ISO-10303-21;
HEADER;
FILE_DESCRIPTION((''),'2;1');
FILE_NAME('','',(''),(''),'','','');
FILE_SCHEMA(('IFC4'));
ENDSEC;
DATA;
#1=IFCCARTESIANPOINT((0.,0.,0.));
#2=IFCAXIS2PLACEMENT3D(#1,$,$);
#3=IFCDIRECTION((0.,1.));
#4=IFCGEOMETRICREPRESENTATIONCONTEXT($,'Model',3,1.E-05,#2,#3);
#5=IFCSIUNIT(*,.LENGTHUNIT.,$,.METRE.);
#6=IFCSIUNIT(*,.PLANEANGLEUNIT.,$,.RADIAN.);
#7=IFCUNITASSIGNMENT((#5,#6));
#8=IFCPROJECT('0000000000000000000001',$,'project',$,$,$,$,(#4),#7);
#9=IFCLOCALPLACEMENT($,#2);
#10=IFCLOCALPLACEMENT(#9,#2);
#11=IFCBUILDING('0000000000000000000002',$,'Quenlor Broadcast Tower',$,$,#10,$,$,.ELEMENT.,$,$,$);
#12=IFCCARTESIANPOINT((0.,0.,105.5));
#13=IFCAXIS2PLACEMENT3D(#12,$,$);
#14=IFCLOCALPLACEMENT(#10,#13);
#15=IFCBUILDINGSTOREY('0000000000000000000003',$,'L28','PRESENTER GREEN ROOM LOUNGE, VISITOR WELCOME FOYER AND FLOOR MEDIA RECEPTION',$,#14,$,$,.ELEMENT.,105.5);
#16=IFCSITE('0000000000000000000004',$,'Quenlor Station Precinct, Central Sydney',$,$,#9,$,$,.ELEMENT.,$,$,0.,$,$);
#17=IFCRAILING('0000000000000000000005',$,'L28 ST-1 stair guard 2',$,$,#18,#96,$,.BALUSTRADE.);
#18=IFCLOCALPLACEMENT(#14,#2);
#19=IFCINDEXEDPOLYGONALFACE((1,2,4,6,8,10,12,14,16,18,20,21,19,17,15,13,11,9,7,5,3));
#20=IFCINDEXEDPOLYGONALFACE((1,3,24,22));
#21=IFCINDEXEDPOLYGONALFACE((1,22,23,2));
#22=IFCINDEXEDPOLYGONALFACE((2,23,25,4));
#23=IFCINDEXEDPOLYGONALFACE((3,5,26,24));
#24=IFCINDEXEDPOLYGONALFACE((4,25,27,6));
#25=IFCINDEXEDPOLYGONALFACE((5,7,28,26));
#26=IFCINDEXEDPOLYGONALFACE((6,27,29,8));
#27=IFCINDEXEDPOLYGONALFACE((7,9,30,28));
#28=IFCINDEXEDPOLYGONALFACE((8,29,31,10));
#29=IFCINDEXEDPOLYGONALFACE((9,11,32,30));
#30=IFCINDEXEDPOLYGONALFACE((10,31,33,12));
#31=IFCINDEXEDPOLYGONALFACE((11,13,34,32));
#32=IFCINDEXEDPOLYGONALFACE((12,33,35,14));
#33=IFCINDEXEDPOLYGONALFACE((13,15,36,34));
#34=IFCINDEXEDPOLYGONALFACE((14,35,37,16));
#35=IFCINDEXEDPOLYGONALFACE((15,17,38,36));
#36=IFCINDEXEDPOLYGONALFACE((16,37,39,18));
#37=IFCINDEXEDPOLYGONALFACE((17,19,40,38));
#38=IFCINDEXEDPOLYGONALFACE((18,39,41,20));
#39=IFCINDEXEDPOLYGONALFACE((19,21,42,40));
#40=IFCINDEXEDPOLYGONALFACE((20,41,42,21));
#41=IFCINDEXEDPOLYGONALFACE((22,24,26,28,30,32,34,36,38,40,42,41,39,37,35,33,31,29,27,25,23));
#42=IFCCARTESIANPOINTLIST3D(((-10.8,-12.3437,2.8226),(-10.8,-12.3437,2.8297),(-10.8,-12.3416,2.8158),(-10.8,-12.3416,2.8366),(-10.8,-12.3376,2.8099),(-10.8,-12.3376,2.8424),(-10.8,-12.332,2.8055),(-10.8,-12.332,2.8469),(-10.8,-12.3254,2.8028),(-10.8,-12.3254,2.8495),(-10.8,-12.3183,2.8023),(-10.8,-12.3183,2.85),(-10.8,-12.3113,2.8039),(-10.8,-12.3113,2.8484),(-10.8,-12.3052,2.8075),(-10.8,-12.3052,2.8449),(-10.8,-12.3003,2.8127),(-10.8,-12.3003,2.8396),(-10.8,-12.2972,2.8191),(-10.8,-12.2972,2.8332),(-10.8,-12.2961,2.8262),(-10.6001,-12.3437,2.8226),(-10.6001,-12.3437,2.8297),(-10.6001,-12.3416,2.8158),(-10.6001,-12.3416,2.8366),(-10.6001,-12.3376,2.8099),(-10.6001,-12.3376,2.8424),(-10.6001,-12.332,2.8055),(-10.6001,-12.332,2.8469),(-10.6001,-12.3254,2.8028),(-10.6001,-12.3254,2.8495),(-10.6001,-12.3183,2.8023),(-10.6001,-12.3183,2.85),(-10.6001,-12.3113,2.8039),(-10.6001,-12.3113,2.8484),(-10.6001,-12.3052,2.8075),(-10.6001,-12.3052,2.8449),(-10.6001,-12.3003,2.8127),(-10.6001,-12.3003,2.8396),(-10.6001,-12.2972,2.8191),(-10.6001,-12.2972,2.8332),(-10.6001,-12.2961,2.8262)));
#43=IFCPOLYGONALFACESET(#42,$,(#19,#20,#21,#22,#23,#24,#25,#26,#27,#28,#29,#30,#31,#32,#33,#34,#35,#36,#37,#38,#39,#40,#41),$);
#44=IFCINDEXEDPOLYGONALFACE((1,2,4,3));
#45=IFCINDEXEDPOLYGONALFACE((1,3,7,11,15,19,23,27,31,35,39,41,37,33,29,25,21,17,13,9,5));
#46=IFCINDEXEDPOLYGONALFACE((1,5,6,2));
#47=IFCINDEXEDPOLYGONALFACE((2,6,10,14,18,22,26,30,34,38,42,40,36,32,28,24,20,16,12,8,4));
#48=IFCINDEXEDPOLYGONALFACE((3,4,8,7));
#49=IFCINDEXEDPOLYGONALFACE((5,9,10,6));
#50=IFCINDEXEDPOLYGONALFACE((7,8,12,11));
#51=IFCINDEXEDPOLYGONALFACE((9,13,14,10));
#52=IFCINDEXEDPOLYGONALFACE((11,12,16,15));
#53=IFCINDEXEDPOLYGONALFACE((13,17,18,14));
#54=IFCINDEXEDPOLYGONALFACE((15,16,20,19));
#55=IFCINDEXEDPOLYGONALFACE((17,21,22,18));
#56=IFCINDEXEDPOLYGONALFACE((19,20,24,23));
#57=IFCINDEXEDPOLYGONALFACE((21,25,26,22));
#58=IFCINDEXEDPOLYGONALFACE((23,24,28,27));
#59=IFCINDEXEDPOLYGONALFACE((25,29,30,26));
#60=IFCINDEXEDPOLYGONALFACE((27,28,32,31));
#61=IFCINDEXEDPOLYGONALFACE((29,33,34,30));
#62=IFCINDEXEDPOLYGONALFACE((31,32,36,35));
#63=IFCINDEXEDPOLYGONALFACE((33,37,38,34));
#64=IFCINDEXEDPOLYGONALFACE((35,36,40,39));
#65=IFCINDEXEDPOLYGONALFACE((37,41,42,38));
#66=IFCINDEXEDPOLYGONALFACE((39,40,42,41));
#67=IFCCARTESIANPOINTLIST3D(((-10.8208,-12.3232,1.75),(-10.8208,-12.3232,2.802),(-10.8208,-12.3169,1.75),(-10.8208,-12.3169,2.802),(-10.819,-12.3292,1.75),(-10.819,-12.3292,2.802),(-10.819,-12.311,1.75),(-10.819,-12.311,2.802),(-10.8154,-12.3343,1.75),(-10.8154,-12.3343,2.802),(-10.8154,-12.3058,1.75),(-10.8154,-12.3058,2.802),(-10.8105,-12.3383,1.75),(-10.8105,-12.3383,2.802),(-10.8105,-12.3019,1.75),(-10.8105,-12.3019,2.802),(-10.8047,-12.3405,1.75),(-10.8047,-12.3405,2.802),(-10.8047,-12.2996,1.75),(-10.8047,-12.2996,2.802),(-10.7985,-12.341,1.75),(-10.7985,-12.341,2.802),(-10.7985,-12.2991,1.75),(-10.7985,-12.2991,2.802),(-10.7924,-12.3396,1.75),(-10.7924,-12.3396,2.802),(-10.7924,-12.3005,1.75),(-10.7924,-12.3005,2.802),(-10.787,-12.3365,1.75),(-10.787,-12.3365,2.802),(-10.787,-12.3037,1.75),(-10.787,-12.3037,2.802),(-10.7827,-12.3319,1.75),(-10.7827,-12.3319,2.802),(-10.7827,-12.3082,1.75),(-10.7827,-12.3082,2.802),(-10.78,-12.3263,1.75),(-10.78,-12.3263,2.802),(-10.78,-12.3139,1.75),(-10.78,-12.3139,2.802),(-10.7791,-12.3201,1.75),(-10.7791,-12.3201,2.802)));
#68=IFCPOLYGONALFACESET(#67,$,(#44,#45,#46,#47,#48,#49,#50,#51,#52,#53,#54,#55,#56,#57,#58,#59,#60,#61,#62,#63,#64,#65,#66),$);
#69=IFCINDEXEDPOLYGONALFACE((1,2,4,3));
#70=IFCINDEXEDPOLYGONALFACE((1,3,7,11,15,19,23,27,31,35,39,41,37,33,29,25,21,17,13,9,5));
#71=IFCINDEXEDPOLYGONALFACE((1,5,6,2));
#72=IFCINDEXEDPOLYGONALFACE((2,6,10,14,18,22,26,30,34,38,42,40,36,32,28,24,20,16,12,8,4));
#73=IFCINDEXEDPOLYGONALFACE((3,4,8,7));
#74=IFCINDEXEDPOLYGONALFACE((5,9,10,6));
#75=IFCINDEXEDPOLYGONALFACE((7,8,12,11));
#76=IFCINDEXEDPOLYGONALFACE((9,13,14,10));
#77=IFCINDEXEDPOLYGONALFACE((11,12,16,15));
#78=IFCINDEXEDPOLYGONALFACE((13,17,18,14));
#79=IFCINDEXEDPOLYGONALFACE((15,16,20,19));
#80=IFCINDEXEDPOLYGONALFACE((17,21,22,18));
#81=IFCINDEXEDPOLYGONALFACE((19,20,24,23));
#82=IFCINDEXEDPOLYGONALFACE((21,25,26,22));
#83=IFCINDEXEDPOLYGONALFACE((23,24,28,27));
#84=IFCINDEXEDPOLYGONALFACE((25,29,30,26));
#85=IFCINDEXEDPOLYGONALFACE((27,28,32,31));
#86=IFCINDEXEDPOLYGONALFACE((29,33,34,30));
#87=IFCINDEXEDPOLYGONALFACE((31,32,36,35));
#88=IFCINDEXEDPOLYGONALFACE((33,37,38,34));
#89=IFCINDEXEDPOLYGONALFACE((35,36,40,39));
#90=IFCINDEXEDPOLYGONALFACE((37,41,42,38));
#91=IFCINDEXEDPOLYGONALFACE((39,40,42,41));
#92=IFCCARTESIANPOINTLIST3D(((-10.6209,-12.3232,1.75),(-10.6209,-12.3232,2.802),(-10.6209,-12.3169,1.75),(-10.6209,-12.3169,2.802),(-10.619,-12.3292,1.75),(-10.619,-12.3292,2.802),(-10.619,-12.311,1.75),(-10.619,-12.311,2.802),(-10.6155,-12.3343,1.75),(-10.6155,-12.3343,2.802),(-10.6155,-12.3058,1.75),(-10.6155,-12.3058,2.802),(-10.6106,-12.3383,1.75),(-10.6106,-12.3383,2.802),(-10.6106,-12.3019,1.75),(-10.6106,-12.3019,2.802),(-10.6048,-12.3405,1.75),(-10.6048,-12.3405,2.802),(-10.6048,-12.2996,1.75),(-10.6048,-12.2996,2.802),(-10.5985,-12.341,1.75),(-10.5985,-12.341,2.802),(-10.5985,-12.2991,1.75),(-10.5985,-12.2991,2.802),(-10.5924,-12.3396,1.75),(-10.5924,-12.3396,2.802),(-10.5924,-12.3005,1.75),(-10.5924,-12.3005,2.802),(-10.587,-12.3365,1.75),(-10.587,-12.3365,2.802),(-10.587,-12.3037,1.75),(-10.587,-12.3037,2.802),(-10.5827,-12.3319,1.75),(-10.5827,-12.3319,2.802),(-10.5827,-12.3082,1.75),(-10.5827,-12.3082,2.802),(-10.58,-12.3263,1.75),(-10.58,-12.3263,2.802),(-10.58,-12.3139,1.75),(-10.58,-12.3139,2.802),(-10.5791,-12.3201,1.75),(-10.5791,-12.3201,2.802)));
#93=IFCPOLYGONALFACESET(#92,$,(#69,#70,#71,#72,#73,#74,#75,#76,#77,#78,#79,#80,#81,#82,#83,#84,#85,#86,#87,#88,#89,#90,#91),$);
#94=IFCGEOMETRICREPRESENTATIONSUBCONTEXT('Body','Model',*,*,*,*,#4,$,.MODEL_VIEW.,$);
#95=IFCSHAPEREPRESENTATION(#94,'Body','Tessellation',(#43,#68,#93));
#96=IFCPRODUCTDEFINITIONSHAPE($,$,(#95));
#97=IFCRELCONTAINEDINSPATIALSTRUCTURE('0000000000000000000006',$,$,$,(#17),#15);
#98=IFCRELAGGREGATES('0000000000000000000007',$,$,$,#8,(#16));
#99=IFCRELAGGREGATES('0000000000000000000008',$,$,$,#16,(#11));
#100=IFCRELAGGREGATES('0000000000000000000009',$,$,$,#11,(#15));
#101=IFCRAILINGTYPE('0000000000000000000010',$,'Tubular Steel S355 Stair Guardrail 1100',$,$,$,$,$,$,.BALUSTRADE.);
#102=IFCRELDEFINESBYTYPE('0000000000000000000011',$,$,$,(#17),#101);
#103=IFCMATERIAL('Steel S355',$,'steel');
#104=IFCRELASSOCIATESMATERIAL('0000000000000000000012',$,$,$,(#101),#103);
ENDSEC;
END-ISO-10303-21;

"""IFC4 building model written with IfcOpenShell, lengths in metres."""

from ifc_helpers import new_model, si_unit, direction, frame, origin, origin_2d, place, context, subcontext, project, spatial, circle, extrude, material, type_object, element, save


model = new_model("IFC4")

# Units and contexts
model_context = context("Model", 3, precision=1e-05, world=origin(), true_north=direction((0.0, 1.0)))
body_context = subcontext(model_context, "Body", "Model", "MODEL_VIEW")
ifc_project = project(units=[si_unit("LENGTHUNIT", "METRE"), si_unit("PLANEANGLEUNIT", "RADIAN")], contexts=[model_context])

# Site, building, storey
site_placement = place(None, origin())
site = spatial("IfcSite", under=ifc_project, at=site_placement, Name="Quenlor Station Precinct, Central Sydney", CompositionType="ELEMENT", RefElevation=0.0)
building_placement = place(site_placement, origin())
building = spatial("IfcBuilding", under=site, at=building_placement, Name="Quenlor Broadcast Tower", CompositionType="ELEMENT")
storey_placement = place(building_placement, frame((0.0, 0.0, 105.5)))
storey = spatial("IfcBuildingStorey", under=building, at=storey_placement, Name="L28", Description="PRESENTER GREEN ROOM LOUNGE, VISITOR WELCOME FOYER AND FLOOR MEDIA RECEPTION", CompositionType="ELEMENT", Elevation=105.5)

# Railing
ifc_material_1 = material(Name="Steel S355", Category="steel")
railing_type_1 = type_object("IfcRailingType", Name="Tubular Steel S355 Stair Guardrail 1100", PredefinedType="BALUSTRADE", material=ifc_material_1)
railing_1_placement = place(storey_placement, frame((-10.8, -12.3201, 1.75)))
element("IfcRailing", 1, at=railing_1_placement, inside=storey, type_object=railing_type_1, Name="L28 ST-1 stair guard 2", PredefinedType="BALUSTRADE", context=body_context, shape_type="SweptSolid", body=[
    extrude(circle(Radius=0.0239, at=origin_2d()), frame((0.0, 0.0, 1.0762), z_axis=(1.0, 0.0, 0.0), x_axis=(0.0, 1.0, 0.0)), (0.0, 0.0, 1.0), 0.2),
    extrude(circle(Radius=0.021, at=origin_2d()), origin(), (0.0, 0.0, 1.0), 1.052),
    extrude(circle(Radius=0.021, at=origin_2d()), frame((0.2, 0.0, 0.0)), (0.0, 0.0, 1.0), 1.052),
])

save(model, "model.ifc")
